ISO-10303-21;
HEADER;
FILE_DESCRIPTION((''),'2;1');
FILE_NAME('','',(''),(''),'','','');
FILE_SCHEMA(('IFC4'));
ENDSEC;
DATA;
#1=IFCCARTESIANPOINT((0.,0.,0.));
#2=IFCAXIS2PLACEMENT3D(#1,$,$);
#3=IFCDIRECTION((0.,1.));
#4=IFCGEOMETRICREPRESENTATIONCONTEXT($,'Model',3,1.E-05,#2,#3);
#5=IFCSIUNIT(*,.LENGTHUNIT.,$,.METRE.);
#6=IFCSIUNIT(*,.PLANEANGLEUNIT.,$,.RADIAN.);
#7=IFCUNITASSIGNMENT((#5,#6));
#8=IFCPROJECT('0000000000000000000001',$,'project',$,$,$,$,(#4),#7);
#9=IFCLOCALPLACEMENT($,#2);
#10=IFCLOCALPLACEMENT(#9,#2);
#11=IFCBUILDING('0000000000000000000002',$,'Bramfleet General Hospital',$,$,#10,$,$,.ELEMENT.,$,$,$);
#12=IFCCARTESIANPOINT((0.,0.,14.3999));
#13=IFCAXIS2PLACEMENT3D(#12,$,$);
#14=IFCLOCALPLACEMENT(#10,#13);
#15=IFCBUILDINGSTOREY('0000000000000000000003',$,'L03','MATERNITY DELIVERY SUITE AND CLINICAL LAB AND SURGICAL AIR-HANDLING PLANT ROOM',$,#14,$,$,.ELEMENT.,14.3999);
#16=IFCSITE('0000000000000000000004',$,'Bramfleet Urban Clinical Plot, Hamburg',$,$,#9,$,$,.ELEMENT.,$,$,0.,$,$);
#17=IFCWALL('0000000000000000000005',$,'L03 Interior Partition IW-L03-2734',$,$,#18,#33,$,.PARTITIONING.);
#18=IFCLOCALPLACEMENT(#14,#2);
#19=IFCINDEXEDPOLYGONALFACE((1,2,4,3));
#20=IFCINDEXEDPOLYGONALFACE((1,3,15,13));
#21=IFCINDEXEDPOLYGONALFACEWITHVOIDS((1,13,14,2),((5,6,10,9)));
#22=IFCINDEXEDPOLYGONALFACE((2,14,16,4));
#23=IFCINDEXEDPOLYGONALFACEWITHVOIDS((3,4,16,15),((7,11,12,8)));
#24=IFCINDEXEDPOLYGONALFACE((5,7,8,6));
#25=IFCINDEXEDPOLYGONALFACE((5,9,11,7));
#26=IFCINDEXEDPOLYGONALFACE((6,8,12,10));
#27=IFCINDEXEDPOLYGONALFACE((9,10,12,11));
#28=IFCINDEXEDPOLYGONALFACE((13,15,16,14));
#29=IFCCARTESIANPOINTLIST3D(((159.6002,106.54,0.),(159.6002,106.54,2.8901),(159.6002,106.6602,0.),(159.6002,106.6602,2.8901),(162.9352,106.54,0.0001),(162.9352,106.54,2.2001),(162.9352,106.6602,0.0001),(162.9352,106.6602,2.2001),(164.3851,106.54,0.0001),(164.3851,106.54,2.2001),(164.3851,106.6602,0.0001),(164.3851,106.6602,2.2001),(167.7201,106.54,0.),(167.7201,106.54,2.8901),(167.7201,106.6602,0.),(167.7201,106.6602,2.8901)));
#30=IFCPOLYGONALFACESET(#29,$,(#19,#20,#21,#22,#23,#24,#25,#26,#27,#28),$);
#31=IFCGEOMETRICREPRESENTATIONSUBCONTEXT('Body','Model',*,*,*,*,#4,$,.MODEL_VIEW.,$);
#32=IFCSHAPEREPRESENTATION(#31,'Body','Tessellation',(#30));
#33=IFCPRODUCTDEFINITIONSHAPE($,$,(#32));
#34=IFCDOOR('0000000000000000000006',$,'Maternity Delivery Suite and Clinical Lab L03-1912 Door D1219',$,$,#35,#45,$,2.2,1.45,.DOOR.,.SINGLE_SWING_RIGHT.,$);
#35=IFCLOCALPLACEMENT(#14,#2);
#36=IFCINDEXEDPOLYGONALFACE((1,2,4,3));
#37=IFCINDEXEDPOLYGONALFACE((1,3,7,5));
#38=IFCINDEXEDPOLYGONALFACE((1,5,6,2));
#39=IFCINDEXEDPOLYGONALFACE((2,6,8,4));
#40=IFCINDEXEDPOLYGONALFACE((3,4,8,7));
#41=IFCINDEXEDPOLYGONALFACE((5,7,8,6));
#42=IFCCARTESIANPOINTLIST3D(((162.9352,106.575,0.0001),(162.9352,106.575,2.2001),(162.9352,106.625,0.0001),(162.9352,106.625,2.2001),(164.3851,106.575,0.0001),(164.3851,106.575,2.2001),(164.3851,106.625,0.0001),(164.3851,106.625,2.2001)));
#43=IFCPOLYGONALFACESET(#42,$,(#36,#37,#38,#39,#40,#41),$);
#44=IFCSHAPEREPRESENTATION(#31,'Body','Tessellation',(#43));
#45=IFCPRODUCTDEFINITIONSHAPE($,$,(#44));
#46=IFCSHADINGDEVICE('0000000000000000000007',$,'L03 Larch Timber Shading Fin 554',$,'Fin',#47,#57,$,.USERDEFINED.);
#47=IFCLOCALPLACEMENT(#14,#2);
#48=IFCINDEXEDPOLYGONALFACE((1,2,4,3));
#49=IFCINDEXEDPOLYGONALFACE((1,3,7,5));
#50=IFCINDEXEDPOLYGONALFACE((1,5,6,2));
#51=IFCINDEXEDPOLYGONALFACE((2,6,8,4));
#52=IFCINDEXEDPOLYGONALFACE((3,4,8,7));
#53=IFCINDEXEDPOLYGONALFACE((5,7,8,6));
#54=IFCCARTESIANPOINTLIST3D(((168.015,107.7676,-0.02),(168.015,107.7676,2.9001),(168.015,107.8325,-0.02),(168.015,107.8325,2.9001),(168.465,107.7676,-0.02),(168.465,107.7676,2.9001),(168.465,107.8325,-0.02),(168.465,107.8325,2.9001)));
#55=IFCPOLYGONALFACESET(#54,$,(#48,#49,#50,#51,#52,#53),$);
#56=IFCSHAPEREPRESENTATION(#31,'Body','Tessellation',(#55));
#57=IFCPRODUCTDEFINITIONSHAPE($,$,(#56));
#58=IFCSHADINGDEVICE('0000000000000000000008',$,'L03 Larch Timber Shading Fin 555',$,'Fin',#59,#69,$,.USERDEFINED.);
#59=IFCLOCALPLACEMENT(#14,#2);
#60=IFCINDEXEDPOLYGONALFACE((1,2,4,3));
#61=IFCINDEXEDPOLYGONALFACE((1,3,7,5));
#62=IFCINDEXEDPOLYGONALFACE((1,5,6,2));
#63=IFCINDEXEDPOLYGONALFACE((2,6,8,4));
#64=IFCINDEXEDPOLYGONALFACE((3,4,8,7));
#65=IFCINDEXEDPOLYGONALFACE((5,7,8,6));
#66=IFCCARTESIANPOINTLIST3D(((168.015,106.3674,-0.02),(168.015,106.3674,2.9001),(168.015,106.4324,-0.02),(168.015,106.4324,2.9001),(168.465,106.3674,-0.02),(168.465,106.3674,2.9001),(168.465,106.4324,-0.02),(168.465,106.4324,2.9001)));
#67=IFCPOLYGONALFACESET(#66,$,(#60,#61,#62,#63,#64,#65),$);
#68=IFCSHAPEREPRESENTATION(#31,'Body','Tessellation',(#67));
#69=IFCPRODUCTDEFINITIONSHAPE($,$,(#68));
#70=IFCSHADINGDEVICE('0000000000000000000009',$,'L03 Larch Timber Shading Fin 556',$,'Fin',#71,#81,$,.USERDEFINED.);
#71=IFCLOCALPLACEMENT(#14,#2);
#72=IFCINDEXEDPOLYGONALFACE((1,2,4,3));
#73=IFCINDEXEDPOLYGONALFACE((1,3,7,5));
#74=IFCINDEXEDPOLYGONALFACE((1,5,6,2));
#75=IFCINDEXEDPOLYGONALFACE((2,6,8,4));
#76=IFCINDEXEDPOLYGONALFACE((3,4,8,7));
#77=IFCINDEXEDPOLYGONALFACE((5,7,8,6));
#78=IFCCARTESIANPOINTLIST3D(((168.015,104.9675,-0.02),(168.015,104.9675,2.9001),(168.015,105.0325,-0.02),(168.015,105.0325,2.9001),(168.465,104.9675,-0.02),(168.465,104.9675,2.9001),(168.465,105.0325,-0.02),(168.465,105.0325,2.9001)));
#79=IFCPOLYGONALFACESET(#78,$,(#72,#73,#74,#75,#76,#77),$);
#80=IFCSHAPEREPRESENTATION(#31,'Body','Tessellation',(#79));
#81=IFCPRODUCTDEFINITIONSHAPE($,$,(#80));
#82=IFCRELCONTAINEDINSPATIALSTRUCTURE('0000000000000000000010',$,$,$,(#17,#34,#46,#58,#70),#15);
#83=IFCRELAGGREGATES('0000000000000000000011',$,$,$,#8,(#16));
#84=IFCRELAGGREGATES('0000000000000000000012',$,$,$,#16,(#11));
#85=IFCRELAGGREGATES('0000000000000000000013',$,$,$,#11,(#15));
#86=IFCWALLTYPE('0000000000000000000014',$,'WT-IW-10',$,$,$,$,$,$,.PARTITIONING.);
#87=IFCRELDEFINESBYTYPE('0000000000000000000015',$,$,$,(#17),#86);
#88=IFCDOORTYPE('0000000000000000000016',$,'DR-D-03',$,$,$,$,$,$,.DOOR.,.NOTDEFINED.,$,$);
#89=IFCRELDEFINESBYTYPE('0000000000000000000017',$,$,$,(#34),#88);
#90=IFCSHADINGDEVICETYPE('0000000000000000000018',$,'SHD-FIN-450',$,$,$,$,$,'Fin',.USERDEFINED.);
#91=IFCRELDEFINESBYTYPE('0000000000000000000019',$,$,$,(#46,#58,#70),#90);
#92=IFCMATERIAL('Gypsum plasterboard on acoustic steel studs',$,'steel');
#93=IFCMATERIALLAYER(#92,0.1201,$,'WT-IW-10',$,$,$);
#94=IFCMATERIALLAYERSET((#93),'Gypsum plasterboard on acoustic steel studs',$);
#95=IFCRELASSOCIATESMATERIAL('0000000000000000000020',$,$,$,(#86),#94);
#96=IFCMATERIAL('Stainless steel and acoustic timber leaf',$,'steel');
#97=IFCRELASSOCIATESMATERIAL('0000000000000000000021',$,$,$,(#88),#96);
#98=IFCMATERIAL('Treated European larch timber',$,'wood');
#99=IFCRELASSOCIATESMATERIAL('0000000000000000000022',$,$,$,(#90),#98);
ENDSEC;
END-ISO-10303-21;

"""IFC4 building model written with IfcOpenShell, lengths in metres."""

from ifc_helpers import new_model, si_unit, direction, frame, frame_2d, origin, origin_2d, place, context, subcontext, project, spatial, rectangle, extrude, material, layer, layer_set, material_profile, profile_set, type_object, element, fill, save


model = new_model("IFC4")

# Units and contexts
model_context = context("Model", 3, precision=1e-05, world=origin(), true_north=direction((0.0, 1.0)))
body_context = subcontext(model_context, "Body", "Model", "MODEL_VIEW")
ifc_project = project(units=[si_unit("LENGTHUNIT", "METRE"), si_unit("PLANEANGLEUNIT", "RADIAN")], contexts=[model_context])

# Site, building, storey
site_placement = place(None, origin())
site = spatial("IfcSite", under=ifc_project, at=site_placement, Name="Bramfleet Urban Clinical Plot, Hamburg", CompositionType="ELEMENT", RefElevation=0.0)
building_placement = place(site_placement, origin())
building = spatial("IfcBuilding", under=site, at=building_placement, Name="Bramfleet General Hospital", CompositionType="ELEMENT")
storey_placement = place(building_placement, frame((0.0, 0.0, 14.3999)))
storey = spatial("IfcBuildingStorey", under=building, at=storey_placement, Name="L03", Description="MATERNITY DELIVERY SUITE AND CLINICAL LAB AND SURGICAL AIR-HANDLING PLANT ROOM", CompositionType="ELEMENT", Elevation=14.3999)

# Wall, opening, door
ifc_material_1 = material(Name="Gypsum plasterboard on acoustic steel studs", Category="steel")
ifc_layer_1 = layer(ifc_material_1, 0.1201, Name="WT-IW-10")
ifc_layer_set_1 = layer_set([ifc_layer_1], Name="Gypsum plasterboard on acoustic steel studs")
wall_type = type_object("IfcWallType", Name="WT-IW-10", PredefinedType="PARTITIONING", material=ifc_layer_set_1)
wall_placement = place(storey_placement, frame((159.6001, 106.6001, 0.0), z_axis=(0.0, 0.0, 1.0), x_axis=(1.0, 0.0, 0.0)))
wall = element("IfcWall", 1, at=wall_placement, inside=storey, type_object=wall_type, Name="L03 Interior Partition IW-L03-2734", PredefinedType="PARTITIONING", context=body_context, shape_type="SweptSolid", body=[
    extrude(rectangle(XDim=8.1199, YDim=0.1201, at=frame_2d((4.0601, 0.0))), origin(), (0.0, 0.0, 1.0), 2.8901),
])
opening_placement = place(wall_placement, frame((3.335, 0.0, 0.0)))
opening = element("IfcOpeningElement", 2, at=opening_placement, cuts=wall, PredefinedType="OPENING", context=body_context, shape_type="SweptSolid", body=[
    extrude(rectangle(XDim=1.45, YDim=2.2, at=frame_2d((0.7251, 1.1001))), frame((0.0, 0.0701, 0.0), z_axis=(0.0, -1.0, 0.0), x_axis=(1.0, 0.0, 0.0)), (0.0, 0.0, 1.0), 0.1401),
])
ifc_material_2 = material(Name="Stainless steel and acoustic timber leaf", Category="steel")
door_type = type_object("IfcDoorType", Name="DR-D-03", OperationType="NOTDEFINED", PredefinedType="DOOR", material=ifc_material_2)
door_placement = place(opening_placement, origin())
door = element("IfcDoor", 3, at=door_placement, inside=storey, type_object=door_type, Name="Maternity Delivery Suite and Clinical Lab L03-1912 Door D1219", OperationType="SINGLE_SWING_RIGHT", OverallHeight=2.2, OverallWidth=1.45, PredefinedType="DOOR", context=body_context, shape_type="SweptSolid", body=[
    extrude(rectangle(XDim=1.45, YDim=2.2, at=frame_2d((0.7251, 1.1001))), frame((0.0, 0.0249, 0.0), z_axis=(0.0, -1.0, 0.0), x_axis=(1.0, 0.0, 0.0)), (0.0, 0.0, 1.0), 0.05),
])
fill(opening, door)

# Shading devices
ifc_material_3 = material(Name="Treated European larch timber", Category="wood")
ifc_material_profile_1 = material_profile(ifc_material_3, rectangle(XDim=0.0649, YDim=0.45, at=origin_2d()), Name="LARCH FIN 450x65")
ifc_profile_set_1 = profile_set([ifc_material_profile_1], Name="Treated European larch timber")
shading_device_type = type_object("IfcShadingDeviceType", Name="SHD-FIN-450", ElementType="Fin", PredefinedType="USERDEFINED", material=ifc_profile_set_1)
for number, where, z_axis, x_axis, name in (
    (4, (168.24, 107.8, -0.02), (0.0, 0.0, 1.0), (0.0, -1.0, 0.0), "L03 Larch Timber Shading Fin 554"),
    (5, (168.24, 106.3999, -0.02), (0.0, 0.0, 1.0), (0.0, -1.0, 0.0), "L03 Larch Timber Shading Fin 555"),
    (6, (168.24, 105.0, -0.02), (0.0, 0.0, 1.0), (0.0, -1.0, 0.0), "L03 Larch Timber Shading Fin 556"),
):
    element("IfcShadingDevice", number, at=place(storey_placement, frame(where, z_axis=z_axis, x_axis=x_axis)), inside=storey, type_object=shading_device_type, Name=name, ObjectType="Fin", PredefinedType="USERDEFINED", context=body_context, shape_type="SweptSolid", body=[
        extrude(rectangle(XDim=0.0649, YDim=0.45, at=origin_2d()), origin(), (0.0, 0.0, 1.0), 2.9202),
    ])

save(model, "model.ifc")
